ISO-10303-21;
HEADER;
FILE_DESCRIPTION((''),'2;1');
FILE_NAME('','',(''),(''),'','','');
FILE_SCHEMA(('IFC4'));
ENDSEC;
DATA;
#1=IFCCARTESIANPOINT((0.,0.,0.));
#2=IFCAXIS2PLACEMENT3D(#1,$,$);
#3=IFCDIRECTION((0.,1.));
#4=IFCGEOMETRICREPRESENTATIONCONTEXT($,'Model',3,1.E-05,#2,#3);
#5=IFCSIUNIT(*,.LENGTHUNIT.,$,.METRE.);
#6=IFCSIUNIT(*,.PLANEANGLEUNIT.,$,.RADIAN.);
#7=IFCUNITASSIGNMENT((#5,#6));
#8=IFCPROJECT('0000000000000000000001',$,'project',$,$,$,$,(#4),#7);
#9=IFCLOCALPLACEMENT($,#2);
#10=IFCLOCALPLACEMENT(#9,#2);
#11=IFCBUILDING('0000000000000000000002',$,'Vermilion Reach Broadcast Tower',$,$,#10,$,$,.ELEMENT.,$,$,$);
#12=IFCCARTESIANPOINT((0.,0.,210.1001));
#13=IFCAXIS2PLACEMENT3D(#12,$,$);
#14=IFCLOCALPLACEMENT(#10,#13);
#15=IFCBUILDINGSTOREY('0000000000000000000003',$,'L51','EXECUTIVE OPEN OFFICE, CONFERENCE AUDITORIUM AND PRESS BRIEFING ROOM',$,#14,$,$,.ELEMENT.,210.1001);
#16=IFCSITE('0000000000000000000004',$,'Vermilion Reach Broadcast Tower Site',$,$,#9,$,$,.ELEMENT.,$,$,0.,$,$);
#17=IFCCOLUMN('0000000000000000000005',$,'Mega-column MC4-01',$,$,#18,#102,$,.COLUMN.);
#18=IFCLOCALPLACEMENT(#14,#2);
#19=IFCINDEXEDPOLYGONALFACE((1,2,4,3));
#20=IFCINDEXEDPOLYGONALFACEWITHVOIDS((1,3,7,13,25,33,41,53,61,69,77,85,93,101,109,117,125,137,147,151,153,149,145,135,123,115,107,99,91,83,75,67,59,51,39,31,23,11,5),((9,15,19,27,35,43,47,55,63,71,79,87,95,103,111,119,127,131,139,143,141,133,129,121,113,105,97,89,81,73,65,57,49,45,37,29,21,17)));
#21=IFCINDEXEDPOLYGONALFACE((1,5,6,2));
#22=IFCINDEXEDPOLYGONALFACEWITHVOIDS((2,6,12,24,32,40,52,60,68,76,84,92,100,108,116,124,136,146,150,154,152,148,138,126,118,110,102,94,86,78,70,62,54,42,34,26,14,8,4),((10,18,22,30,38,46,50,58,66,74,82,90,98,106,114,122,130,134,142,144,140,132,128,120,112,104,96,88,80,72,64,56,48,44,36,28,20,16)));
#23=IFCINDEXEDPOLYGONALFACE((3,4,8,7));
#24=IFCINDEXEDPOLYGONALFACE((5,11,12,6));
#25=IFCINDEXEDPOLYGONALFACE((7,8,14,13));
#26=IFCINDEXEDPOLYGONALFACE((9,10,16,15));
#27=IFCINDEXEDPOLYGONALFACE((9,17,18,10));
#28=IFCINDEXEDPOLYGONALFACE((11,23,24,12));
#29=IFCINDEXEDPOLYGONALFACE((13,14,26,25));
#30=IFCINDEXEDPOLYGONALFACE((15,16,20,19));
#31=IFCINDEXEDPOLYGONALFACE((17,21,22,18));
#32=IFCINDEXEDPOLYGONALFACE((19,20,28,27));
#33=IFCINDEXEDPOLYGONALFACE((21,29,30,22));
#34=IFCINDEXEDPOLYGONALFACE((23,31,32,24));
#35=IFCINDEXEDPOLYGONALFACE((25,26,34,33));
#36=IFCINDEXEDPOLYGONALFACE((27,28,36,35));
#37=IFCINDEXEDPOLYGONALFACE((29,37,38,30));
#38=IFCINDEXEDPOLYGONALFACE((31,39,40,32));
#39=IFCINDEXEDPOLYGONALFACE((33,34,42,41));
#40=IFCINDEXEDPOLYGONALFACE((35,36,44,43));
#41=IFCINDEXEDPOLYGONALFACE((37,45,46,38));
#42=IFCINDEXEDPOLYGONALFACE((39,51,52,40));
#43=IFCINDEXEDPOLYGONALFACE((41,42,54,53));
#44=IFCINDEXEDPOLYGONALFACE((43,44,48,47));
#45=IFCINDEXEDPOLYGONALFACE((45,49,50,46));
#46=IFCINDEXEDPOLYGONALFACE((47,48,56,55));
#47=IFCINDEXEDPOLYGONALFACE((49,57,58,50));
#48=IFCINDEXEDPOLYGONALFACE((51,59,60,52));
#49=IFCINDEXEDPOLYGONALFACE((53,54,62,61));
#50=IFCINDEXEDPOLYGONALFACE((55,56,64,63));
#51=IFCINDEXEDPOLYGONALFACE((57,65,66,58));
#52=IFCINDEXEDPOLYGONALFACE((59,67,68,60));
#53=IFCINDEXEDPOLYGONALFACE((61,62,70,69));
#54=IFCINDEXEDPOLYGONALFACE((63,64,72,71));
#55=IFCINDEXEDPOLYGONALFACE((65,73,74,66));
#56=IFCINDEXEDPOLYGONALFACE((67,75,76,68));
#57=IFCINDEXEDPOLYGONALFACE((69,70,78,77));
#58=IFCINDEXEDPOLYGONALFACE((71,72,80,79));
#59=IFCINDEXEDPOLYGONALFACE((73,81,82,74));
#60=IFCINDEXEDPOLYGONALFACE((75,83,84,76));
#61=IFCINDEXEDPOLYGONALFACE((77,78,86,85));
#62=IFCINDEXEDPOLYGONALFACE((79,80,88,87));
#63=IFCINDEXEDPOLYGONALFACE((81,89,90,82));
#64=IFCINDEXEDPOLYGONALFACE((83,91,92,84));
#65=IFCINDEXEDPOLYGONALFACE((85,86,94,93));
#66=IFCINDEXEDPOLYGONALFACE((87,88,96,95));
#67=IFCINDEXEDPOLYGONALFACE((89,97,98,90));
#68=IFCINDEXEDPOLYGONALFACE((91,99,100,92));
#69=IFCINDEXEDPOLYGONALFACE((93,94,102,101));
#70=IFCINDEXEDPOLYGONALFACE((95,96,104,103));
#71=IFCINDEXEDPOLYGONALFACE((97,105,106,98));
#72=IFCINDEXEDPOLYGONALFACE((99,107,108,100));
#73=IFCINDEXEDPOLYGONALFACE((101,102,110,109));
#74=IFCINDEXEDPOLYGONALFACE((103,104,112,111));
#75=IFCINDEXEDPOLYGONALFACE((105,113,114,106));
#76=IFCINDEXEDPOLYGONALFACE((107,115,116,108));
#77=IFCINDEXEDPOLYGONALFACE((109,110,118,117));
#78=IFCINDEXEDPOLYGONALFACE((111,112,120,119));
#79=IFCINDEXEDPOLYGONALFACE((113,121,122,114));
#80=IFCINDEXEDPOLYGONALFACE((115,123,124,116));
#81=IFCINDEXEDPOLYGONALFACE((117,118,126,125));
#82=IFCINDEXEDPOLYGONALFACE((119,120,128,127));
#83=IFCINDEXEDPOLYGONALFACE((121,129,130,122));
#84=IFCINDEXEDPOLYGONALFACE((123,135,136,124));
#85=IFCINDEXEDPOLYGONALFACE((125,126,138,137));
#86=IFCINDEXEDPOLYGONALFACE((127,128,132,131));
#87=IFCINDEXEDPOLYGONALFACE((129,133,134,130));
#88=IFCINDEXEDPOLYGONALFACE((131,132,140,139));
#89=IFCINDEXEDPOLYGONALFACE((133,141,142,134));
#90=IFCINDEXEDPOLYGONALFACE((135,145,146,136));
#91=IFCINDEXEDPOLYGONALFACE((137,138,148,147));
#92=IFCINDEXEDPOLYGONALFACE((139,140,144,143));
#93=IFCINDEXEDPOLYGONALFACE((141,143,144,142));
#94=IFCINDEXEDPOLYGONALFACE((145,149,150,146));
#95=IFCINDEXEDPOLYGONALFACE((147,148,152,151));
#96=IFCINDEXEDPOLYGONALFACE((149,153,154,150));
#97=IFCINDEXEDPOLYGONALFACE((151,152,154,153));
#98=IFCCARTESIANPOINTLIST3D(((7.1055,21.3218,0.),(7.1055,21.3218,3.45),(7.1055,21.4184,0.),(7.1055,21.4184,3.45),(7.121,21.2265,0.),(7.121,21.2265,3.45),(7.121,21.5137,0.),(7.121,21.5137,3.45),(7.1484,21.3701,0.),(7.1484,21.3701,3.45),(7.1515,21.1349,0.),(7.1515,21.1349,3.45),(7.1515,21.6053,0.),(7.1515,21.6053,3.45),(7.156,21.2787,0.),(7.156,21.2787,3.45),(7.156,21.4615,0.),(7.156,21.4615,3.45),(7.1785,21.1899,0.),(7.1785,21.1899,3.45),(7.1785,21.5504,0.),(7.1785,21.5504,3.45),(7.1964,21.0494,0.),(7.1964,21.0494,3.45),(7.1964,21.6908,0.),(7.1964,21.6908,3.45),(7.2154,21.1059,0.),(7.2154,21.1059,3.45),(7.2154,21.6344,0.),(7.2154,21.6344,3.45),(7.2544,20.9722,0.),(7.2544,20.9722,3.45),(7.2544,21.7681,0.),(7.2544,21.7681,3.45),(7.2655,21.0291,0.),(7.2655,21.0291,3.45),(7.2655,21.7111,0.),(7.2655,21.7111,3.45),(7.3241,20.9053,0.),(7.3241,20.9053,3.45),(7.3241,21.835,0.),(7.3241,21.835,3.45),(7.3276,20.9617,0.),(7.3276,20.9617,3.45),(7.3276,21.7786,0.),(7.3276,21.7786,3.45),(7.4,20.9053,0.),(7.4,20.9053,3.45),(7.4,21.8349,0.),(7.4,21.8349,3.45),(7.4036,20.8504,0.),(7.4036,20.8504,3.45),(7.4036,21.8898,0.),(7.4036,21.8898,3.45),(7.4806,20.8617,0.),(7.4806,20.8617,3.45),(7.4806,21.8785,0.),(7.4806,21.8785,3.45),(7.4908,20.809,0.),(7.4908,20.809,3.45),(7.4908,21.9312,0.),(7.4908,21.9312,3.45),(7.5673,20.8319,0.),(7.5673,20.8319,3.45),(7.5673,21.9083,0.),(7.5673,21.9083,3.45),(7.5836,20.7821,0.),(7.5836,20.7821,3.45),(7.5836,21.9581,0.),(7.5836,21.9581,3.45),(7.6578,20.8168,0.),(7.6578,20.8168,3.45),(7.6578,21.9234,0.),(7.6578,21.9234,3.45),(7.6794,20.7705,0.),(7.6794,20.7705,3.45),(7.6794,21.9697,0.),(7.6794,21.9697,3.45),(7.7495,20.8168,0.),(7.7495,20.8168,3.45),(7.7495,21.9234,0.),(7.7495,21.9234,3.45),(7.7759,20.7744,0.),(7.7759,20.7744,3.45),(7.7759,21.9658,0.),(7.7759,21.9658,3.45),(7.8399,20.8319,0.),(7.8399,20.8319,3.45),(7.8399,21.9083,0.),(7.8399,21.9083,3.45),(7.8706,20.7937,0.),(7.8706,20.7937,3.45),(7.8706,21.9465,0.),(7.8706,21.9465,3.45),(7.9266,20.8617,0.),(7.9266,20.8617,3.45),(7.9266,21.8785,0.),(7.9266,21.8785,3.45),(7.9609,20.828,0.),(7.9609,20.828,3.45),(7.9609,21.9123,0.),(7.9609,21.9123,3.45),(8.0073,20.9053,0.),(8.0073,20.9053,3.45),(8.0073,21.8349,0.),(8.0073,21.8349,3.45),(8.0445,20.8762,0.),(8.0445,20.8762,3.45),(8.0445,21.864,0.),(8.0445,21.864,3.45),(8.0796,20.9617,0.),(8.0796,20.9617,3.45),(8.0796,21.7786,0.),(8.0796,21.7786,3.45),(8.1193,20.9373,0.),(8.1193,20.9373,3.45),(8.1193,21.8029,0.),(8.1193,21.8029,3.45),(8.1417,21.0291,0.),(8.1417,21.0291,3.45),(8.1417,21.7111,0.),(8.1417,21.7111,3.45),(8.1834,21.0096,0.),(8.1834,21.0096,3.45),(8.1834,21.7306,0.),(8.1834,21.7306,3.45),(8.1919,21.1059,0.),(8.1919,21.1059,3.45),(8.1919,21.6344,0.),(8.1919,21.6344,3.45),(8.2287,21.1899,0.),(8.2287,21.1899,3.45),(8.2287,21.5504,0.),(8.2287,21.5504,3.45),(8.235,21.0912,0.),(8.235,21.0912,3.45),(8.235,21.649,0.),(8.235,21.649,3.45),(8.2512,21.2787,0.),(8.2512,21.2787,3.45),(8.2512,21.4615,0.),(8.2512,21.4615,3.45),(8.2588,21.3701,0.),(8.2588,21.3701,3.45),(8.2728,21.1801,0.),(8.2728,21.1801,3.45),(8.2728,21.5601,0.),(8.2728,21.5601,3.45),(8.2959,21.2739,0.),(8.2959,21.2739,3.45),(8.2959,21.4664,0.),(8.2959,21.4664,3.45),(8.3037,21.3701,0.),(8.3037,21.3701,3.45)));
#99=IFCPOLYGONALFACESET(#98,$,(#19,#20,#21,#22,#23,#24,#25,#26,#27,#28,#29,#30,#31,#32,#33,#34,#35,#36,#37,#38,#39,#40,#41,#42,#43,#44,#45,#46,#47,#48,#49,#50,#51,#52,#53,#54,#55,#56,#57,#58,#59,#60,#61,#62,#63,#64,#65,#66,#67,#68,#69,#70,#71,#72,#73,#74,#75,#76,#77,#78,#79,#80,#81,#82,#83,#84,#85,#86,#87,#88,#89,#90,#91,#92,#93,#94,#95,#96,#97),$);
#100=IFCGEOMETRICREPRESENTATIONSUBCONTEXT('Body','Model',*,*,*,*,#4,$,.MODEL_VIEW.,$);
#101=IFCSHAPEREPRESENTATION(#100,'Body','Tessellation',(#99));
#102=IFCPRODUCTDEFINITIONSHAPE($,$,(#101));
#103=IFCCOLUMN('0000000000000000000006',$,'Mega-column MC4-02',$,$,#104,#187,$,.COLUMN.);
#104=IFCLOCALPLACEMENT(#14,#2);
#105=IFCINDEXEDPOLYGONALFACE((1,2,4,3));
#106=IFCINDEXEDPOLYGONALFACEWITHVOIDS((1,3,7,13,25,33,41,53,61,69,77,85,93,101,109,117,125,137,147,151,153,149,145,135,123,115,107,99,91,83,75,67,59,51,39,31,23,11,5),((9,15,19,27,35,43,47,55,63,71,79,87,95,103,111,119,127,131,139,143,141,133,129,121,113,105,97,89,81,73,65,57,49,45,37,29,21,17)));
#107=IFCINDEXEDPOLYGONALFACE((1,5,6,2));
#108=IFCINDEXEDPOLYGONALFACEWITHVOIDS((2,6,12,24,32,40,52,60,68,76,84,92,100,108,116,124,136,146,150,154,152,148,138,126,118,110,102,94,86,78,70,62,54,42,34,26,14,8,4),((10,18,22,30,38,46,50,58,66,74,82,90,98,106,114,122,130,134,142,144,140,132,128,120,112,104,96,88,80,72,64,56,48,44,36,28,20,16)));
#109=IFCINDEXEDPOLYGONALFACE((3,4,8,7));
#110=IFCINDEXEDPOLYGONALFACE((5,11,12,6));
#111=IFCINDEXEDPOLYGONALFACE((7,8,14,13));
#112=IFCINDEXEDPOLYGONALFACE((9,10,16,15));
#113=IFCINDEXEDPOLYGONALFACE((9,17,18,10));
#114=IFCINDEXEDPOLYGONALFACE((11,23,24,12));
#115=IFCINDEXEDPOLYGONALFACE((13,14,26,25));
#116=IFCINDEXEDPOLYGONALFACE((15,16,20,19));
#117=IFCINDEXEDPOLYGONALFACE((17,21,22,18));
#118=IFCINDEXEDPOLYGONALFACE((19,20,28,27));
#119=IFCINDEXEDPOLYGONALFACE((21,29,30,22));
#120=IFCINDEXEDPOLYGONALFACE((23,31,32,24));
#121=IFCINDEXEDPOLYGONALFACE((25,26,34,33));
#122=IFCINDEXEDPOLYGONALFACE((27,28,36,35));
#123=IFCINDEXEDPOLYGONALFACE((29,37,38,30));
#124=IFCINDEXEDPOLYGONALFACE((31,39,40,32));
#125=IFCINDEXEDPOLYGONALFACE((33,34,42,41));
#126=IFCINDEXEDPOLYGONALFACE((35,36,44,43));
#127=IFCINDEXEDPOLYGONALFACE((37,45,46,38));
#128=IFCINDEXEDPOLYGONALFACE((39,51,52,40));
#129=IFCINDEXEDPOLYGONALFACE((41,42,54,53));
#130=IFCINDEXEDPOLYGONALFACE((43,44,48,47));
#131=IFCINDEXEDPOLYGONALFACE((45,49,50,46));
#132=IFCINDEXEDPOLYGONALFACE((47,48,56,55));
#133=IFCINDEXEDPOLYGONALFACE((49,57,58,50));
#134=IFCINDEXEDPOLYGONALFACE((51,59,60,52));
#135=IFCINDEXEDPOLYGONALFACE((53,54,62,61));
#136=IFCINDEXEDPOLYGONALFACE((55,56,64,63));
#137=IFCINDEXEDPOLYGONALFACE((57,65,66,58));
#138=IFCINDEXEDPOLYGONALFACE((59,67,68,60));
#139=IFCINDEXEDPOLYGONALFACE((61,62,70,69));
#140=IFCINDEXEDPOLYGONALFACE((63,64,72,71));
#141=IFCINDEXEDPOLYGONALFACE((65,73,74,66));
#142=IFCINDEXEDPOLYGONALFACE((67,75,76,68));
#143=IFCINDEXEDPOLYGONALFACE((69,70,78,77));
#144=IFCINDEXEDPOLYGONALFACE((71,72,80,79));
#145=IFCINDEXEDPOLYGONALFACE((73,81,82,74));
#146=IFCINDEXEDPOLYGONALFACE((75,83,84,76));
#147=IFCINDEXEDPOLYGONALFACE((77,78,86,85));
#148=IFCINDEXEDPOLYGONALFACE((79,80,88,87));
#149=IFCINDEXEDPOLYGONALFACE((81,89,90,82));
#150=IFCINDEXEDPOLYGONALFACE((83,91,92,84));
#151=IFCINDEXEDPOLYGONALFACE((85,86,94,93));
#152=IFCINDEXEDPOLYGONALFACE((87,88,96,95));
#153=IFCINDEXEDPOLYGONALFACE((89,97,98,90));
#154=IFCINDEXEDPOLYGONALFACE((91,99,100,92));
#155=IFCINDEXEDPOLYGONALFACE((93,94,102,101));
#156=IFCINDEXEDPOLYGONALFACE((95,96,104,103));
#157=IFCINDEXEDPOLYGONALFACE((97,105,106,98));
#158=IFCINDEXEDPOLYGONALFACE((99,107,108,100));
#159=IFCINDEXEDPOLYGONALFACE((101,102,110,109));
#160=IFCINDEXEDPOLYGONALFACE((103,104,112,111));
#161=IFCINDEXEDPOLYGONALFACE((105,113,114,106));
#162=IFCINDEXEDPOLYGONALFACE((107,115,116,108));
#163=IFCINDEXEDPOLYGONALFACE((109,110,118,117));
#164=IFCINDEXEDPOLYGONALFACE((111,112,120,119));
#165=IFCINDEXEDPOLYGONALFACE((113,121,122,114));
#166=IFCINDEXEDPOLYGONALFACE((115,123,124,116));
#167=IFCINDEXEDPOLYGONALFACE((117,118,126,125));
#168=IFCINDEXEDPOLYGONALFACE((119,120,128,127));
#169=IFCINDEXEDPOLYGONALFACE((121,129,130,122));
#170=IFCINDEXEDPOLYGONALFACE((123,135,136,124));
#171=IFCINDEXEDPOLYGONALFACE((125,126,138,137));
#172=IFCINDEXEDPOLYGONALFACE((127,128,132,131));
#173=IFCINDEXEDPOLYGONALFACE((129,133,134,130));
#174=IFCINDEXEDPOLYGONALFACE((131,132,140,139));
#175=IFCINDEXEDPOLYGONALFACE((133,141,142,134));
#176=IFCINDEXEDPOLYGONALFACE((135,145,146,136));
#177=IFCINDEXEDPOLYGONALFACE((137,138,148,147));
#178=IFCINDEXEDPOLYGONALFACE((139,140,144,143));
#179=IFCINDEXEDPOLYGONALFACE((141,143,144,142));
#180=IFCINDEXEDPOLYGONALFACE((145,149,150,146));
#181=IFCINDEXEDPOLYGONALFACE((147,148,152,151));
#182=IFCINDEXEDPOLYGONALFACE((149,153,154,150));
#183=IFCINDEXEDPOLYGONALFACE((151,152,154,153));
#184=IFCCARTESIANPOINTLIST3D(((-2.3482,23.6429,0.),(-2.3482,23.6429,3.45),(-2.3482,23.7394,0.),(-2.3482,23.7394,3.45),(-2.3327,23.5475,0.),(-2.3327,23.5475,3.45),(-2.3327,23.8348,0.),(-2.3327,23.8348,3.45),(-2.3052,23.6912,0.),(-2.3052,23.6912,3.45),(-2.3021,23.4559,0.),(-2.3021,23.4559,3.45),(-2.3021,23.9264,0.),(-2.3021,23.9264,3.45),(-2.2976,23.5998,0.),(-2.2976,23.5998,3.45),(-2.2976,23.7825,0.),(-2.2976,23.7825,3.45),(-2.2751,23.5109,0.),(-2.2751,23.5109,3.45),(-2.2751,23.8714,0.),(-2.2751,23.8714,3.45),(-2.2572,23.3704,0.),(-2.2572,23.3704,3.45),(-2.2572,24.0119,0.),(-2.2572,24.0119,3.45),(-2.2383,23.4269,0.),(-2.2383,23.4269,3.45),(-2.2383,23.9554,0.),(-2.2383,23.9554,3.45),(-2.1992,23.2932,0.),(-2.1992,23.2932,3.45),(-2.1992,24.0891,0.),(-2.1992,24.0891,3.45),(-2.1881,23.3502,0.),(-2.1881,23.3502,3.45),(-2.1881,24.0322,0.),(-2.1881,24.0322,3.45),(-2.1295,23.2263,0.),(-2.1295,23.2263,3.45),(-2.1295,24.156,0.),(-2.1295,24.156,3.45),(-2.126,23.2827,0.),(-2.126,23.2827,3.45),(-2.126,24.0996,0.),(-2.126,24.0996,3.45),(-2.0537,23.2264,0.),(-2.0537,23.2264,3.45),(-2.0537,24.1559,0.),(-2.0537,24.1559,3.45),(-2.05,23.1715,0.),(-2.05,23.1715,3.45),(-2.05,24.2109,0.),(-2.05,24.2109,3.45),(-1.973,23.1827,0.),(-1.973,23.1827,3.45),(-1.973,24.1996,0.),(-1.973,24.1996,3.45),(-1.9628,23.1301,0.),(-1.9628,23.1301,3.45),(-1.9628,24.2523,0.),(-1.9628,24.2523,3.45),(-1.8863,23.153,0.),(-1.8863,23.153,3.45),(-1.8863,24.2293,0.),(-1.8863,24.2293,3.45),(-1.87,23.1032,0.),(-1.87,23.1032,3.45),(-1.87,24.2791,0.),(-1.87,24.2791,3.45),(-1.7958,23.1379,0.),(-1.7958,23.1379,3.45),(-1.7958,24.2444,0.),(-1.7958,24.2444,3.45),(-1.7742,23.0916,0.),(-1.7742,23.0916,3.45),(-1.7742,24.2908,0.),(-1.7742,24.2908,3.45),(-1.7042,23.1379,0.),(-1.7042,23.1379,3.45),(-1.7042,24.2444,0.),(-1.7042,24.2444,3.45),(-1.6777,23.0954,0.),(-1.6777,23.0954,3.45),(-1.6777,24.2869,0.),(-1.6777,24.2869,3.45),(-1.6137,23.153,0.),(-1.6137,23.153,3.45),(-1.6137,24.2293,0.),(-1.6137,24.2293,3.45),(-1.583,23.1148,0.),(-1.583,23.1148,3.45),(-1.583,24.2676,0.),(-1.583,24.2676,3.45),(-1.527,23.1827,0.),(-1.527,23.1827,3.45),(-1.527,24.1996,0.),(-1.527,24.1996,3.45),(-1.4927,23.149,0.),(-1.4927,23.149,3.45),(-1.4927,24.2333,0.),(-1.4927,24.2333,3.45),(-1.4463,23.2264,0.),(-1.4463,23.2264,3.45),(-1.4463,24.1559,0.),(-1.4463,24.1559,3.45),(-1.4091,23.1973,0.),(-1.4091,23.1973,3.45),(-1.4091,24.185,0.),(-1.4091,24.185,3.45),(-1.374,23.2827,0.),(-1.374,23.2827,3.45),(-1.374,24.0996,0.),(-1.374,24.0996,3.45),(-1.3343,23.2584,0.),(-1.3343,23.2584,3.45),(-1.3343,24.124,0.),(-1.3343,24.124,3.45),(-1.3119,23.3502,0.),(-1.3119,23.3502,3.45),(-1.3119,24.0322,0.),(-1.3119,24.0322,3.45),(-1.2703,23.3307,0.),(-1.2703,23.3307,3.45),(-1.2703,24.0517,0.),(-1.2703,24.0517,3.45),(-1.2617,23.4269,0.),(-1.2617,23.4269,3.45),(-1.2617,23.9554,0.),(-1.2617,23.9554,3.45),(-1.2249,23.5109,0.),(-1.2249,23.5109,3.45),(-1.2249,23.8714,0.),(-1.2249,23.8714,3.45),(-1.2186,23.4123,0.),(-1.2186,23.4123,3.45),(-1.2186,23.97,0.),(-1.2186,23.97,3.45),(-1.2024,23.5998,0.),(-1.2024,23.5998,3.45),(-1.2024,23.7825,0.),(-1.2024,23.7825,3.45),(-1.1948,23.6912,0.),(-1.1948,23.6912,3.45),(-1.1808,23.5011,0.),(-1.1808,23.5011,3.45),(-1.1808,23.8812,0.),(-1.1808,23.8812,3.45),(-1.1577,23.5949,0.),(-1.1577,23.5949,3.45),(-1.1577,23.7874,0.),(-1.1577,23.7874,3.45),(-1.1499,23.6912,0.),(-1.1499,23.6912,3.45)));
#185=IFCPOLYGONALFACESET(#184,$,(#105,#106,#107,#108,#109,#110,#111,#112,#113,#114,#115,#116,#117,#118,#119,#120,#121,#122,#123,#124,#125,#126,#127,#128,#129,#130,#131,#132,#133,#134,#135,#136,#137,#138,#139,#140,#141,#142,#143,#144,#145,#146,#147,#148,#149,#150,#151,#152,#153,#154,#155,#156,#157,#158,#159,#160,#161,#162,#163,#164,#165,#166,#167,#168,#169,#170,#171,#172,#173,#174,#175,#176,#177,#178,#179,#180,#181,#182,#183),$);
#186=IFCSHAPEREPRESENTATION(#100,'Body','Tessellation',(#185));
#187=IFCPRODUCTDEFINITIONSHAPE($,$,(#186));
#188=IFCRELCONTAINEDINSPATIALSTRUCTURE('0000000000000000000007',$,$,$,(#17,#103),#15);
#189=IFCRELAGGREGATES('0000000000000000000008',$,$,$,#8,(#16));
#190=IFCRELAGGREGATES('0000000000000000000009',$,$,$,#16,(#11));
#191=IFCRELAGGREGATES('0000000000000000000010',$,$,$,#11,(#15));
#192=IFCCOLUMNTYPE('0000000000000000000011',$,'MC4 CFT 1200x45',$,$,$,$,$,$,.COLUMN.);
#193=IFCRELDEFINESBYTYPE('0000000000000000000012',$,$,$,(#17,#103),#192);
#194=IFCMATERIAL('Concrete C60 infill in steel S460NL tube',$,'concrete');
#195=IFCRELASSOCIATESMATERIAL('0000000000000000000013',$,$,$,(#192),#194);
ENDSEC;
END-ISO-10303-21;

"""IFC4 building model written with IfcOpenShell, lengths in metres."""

from ifc_helpers import new_model, si_unit, direction, frame, origin, origin_2d, place, context, subcontext, project, spatial, hollow_circle, extrude, material, material_profile, profile_set, type_object, element, save


model = new_model("IFC4")

# Units and contexts
model_context = context("Model", 3, precision=1e-05, world=origin(), true_north=direction((0.0, 1.0)))
body_context = subcontext(model_context, "Body", "Model", "MODEL_VIEW")
ifc_project = project(units=[si_unit("LENGTHUNIT", "METRE"), si_unit("PLANEANGLEUNIT", "RADIAN")], contexts=[model_context])

# Site, building, storey
site_placement = place(None, origin())
site = spatial("IfcSite", under=ifc_project, at=site_placement, Name="Vermilion Reach Broadcast Tower Site", CompositionType="ELEMENT", RefElevation=0.0)
building_placement = place(site_placement, origin())
building = spatial("IfcBuilding", under=site, at=building_placement, Name="Vermilion Reach Broadcast Tower", CompositionType="ELEMENT")
storey_placement = place(building_placement, frame((0.0, 0.0, 210.1001)))
storey = spatial("IfcBuildingStorey", under=building, at=storey_placement, Name="L51", Description="EXECUTIVE OPEN OFFICE, CONFERENCE AUDITORIUM AND PRESS BRIEFING ROOM", CompositionType="ELEMENT", Elevation=210.1001)

# Columns
ifc_material_1 = material(Name="Concrete C60 infill in steel S460NL tube", Category="concrete")
ifc_material_profile_1 = material_profile(ifc_material_1, hollow_circle(Radius=0.6001, WallThickness=0.0449, at=origin_2d()), Name="Concrete C60 infill in steel S460NL tube CFT 1200x45")
ifc_profile_set_1 = profile_set([ifc_material_profile_1], Name="Concrete C60 infill in steel S460NL tube")
column_type = type_object("IfcColumnType", Name="MC4 CFT 1200x45", PredefinedType="COLUMN", material=ifc_profile_set_1)
for number, where, z_axis, x_axis, name in (
    (1, (7.7036, 21.3701, 0.0), (0.0, 0.0, 1.0), (1.0, 0.0, 0.0), "Mega-column MC4-01"),
    (2, (-1.75, 23.6912, 0.0), (0.0, 0.0, 1.0), (1.0, 0.0, 0.0), "Mega-column MC4-02"),
):
    element("IfcColumn", number, at=place(storey_placement, frame(where, z_axis=z_axis, x_axis=x_axis)), inside=storey, type_object=column_type, Name=name, PredefinedType="COLUMN", context=body_context, shape_type="SweptSolid", body=[
        extrude(hollow_circle(Radius=0.6001, WallThickness=0.0449, at=origin_2d()), origin(), (0.0, 0.0, 1.0), 3.45),
    ])

save(model, "model.ifc")
